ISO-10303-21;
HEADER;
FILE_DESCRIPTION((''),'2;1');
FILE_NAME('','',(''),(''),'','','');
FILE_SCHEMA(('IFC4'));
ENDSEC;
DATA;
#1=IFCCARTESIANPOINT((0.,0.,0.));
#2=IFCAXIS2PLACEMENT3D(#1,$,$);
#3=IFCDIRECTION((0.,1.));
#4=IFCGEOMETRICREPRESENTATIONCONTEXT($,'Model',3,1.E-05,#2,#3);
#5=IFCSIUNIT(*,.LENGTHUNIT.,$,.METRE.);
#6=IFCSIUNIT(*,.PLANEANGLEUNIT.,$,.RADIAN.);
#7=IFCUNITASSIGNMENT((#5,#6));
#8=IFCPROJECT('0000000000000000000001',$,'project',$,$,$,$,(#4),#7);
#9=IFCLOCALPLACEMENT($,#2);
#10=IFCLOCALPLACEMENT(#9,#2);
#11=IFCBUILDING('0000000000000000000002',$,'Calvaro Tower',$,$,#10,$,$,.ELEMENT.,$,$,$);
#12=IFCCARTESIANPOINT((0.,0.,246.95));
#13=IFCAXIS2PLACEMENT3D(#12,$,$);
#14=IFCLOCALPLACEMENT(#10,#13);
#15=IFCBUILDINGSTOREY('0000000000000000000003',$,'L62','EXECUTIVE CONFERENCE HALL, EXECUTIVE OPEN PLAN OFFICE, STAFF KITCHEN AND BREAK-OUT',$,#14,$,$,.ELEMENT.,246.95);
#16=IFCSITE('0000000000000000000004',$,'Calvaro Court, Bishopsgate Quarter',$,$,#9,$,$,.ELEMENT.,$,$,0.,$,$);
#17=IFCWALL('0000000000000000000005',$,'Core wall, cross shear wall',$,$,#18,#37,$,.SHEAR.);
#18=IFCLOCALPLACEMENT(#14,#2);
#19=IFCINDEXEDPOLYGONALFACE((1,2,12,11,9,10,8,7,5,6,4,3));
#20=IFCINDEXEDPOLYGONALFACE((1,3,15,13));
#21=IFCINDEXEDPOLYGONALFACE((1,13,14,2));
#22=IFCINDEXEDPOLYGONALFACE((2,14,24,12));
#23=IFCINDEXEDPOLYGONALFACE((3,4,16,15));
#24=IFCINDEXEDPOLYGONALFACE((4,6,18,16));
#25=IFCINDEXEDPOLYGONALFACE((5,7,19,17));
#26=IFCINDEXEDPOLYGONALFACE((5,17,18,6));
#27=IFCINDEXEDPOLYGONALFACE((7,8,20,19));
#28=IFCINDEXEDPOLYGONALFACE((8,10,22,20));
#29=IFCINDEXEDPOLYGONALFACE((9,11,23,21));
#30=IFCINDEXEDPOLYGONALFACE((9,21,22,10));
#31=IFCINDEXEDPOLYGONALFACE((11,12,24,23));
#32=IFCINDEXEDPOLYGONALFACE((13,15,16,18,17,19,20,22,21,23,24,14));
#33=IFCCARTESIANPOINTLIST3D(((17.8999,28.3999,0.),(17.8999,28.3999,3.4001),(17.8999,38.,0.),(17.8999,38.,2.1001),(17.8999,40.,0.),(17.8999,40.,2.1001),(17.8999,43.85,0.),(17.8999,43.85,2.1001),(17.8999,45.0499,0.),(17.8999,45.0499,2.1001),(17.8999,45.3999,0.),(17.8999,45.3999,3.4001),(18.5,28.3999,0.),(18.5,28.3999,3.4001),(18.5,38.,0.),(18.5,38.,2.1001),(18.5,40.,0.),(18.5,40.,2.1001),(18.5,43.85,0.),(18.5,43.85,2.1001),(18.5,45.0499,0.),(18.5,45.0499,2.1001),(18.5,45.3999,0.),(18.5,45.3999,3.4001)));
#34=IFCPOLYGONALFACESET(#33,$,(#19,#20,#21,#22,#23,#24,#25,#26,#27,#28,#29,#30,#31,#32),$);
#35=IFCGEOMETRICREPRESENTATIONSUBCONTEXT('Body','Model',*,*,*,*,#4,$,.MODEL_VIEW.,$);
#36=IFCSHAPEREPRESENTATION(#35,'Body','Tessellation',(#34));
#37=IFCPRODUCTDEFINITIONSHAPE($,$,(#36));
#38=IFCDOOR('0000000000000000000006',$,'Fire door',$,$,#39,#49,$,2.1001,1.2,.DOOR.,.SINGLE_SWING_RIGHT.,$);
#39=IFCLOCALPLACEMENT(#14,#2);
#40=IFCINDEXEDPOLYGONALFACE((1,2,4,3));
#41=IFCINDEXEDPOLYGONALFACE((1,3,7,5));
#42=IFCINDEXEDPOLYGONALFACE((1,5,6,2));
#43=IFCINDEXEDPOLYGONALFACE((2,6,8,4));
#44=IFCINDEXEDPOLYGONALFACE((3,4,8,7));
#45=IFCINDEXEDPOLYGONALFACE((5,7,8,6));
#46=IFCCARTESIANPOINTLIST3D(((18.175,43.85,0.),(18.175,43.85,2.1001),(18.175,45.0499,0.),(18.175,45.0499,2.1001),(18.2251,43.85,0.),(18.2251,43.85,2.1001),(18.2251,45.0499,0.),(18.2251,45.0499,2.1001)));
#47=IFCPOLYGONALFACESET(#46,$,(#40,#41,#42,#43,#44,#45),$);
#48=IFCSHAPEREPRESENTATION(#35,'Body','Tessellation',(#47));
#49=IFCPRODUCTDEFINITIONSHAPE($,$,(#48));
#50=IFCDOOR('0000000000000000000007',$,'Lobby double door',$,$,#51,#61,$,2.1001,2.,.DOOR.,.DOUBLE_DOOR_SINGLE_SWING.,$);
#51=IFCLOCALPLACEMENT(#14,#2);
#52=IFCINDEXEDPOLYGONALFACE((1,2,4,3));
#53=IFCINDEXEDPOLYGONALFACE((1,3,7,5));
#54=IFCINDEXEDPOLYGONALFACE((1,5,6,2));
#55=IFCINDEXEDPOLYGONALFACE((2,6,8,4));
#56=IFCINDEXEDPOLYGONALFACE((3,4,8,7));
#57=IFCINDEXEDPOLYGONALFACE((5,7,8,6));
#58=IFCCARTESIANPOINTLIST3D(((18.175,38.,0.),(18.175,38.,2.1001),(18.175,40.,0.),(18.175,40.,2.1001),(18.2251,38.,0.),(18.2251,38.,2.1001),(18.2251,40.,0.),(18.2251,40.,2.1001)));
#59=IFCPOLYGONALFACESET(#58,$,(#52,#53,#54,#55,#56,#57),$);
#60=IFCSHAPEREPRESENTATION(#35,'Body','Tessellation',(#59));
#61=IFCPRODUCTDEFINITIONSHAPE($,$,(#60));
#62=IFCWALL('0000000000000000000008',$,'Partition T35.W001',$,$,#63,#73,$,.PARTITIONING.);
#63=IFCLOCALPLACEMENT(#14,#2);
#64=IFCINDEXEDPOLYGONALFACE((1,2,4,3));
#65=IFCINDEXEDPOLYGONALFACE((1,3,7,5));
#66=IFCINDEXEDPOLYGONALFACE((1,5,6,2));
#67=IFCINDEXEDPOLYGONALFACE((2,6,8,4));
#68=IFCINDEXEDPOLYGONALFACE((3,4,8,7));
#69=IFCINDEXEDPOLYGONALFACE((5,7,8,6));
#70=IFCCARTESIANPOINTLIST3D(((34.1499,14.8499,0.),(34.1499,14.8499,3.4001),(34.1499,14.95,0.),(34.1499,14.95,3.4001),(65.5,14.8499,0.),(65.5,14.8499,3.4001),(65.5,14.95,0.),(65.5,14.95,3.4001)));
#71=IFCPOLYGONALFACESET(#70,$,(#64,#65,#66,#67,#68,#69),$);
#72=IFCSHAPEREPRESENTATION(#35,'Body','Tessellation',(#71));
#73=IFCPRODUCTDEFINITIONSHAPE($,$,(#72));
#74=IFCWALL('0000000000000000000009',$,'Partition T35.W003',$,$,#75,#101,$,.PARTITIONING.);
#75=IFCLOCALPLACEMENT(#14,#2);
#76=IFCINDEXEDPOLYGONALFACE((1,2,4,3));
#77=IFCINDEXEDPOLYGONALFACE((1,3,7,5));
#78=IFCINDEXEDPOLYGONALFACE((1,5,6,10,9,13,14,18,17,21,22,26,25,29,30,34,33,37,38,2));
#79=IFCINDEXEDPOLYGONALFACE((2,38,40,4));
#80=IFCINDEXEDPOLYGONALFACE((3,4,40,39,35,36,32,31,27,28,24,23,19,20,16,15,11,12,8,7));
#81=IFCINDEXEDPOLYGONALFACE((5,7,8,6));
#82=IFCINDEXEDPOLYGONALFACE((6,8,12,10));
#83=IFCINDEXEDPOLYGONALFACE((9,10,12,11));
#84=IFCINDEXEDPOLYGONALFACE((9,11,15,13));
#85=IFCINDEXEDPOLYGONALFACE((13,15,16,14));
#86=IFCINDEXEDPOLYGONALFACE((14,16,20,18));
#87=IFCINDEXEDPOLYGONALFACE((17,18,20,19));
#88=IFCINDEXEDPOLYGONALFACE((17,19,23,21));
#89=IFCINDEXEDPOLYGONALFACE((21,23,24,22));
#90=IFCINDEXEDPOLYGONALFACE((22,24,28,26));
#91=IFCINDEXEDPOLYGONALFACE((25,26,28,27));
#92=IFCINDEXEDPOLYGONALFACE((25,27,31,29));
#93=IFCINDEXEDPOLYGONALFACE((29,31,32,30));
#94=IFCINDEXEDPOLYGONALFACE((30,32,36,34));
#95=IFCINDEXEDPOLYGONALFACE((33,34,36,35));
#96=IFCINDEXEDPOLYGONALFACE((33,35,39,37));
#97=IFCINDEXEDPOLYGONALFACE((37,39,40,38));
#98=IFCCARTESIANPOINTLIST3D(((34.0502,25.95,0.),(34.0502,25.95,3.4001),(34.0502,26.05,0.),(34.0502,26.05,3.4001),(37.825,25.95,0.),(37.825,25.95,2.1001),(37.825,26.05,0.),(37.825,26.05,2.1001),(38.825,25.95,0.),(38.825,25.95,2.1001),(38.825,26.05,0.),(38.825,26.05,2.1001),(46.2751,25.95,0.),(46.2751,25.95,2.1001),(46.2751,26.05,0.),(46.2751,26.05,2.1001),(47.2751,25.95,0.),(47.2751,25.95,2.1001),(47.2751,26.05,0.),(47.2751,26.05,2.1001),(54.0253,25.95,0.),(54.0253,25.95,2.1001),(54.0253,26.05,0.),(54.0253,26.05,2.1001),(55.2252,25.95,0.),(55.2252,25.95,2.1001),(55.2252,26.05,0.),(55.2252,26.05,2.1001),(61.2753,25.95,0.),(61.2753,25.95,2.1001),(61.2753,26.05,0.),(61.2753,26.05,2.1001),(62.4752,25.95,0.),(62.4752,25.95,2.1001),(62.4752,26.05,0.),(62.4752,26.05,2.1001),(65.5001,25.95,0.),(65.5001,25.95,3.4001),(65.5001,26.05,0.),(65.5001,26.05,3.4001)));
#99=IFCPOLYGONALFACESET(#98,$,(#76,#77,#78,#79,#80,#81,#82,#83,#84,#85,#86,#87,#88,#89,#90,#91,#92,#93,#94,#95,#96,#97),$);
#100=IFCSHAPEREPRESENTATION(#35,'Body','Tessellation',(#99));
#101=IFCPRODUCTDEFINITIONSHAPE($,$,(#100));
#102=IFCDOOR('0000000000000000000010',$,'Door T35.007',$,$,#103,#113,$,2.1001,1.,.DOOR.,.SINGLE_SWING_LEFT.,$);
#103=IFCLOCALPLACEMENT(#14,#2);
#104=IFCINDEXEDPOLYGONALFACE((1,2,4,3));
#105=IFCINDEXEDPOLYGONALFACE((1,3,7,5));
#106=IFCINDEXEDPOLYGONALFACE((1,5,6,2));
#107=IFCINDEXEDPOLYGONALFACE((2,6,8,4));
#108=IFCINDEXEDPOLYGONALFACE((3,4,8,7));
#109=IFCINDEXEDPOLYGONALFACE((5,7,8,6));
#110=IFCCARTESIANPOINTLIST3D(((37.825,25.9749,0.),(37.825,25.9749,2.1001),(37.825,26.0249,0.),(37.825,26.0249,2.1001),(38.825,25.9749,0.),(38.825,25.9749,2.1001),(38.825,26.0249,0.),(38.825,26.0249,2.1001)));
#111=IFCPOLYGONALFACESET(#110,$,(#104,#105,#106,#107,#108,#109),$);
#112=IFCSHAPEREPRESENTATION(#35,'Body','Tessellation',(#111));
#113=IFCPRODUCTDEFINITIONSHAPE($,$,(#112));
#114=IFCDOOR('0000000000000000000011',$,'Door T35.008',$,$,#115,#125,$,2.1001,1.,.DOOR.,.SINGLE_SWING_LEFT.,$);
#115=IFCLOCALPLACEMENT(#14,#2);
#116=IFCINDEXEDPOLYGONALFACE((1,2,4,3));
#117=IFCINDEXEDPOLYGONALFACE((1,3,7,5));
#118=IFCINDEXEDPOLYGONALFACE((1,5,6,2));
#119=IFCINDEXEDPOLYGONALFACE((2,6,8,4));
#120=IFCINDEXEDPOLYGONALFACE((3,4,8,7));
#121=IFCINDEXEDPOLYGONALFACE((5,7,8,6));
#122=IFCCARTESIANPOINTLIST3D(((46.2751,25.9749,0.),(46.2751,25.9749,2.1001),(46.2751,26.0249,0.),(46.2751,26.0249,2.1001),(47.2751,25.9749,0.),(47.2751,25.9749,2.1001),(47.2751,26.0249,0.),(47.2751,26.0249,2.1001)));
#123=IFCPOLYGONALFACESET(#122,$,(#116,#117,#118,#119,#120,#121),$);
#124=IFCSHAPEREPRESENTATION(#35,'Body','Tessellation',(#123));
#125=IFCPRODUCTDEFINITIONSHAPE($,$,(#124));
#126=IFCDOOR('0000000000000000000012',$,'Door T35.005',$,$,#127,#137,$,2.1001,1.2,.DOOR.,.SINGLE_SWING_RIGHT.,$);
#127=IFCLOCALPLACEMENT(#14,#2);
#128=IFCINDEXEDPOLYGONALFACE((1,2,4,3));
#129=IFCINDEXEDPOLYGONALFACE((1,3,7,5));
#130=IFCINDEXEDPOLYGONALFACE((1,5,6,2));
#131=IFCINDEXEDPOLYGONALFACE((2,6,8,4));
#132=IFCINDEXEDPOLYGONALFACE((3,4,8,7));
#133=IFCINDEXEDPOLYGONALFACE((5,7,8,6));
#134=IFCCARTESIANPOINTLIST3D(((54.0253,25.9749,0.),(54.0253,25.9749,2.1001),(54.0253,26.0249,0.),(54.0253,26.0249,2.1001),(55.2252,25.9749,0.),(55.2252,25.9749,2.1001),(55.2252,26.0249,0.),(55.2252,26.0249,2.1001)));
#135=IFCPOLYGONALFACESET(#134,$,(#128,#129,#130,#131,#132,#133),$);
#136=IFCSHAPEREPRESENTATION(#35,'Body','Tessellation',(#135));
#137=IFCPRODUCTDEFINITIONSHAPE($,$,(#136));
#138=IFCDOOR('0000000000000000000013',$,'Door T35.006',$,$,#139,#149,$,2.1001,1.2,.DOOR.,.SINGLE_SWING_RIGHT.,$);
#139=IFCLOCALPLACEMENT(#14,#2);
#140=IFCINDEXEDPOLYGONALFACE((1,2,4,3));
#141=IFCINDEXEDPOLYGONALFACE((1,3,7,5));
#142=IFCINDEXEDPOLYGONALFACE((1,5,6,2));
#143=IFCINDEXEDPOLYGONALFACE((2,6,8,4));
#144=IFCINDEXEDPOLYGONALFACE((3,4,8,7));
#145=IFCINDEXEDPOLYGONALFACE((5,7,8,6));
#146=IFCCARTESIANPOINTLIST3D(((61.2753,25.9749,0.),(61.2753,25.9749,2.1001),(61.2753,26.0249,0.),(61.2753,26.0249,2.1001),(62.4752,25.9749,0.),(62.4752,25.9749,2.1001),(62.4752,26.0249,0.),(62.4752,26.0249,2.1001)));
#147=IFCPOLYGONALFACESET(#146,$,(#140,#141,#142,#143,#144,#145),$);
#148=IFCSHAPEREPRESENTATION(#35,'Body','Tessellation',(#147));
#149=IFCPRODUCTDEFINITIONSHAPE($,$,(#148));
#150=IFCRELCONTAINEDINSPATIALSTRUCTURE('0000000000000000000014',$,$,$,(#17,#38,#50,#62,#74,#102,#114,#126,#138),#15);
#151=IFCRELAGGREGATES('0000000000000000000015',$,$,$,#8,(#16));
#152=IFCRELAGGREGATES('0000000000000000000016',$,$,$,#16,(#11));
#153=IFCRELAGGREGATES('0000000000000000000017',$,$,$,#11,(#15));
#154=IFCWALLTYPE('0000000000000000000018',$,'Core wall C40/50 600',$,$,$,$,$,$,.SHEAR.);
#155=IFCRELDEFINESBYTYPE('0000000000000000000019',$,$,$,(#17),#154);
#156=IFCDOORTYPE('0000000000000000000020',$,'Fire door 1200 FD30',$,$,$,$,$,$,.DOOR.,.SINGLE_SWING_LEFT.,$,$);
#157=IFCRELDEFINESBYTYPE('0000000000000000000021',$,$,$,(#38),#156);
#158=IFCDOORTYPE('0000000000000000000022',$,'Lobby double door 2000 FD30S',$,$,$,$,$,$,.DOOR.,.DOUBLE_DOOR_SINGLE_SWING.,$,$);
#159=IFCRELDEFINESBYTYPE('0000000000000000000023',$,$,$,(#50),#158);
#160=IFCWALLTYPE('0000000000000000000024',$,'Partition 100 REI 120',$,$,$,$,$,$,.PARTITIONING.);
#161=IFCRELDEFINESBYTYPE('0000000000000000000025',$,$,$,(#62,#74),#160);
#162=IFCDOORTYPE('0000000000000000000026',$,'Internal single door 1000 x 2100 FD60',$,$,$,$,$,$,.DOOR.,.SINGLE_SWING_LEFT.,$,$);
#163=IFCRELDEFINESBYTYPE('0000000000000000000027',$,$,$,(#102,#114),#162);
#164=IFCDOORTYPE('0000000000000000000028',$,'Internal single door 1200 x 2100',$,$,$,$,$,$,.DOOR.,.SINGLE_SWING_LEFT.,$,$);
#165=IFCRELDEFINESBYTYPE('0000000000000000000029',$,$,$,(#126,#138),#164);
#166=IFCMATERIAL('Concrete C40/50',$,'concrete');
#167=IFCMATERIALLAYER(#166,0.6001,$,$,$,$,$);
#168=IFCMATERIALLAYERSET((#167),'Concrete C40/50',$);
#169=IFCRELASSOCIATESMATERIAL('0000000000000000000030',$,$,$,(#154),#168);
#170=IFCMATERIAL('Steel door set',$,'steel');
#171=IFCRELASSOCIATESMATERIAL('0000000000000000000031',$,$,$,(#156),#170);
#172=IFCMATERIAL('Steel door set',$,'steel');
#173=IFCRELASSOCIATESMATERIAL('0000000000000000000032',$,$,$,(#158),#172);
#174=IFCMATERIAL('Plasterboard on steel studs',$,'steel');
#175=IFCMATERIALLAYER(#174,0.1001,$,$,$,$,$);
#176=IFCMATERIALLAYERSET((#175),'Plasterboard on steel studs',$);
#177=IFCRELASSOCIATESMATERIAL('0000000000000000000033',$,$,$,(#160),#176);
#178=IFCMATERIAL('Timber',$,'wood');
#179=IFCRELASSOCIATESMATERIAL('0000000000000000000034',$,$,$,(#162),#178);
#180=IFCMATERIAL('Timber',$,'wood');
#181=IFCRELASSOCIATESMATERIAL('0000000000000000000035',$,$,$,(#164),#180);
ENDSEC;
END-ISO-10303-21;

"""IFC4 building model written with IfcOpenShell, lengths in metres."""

from ifc_helpers import new_model, si_unit, direction, frame, frame_2d, origin, place, context, subcontext, project, spatial, rectangle, extrude, material, layer, layer_set, type_object, element, fill, save


model = new_model("IFC4")

# Units and contexts
model_context = context("Model", 3, precision=1e-05, world=origin(), true_north=direction((0.0, 1.0)))
body_context = subcontext(model_context, "Body", "Model", "MODEL_VIEW")
ifc_project = project(units=[si_unit("LENGTHUNIT", "METRE"), si_unit("PLANEANGLEUNIT", "RADIAN")], contexts=[model_context])

# Site, building, storey
site_placement = place(None, origin())
site = spatial("IfcSite", under=ifc_project, at=site_placement, Name="Calvaro Court, Bishopsgate Quarter", CompositionType="ELEMENT", RefElevation=0.0)
building_placement = place(site_placement, origin())
building = spatial("IfcBuilding", under=site, at=building_placement, Name="Calvaro Tower", CompositionType="ELEMENT")
storey_placement = place(building_placement, frame((0.0, 0.0, 246.95)))
storey = spatial("IfcBuildingStorey", under=building, at=storey_placement, Name="L62", Description="EXECUTIVE CONFERENCE HALL, EXECUTIVE OPEN PLAN OFFICE, STAFF KITCHEN AND BREAK-OUT", CompositionType="ELEMENT", Elevation=246.95)

# Wall, openings, doors
ifc_material_1 = material(Name="Concrete C40/50", Category="concrete")
ifc_layer_1 = layer(ifc_material_1, 0.6001)
ifc_layer_set_1 = layer_set([ifc_layer_1], Name="Concrete C40/50")
wall_type_1 = type_object("IfcWallType", Name="Core wall C40/50 600", PredefinedType="SHEAR", material=ifc_layer_set_1)
wall_1_placement = place(storey_placement, frame((18.2, 28.3999, 0.0), z_axis=(0.0, 0.0, 1.0), x_axis=(0.0, 1.0, 0.0)))
wall_1 = element("IfcWall", 1, at=wall_1_placement, inside=storey, type_object=wall_type_1, Name="Core wall, cross shear wall", PredefinedType="SHEAR", context=body_context, shape_type="SweptSolid", body=[
    extrude(rectangle(XDim=17.0, YDim=0.6001, at=frame_2d((8.5, 0.0))), origin(), (0.0, 0.0, 1.0), 3.4001),
])
opening_1_placement = place(wall_1_placement, frame((9.6001, 0.0, 0.0)))
opening_1 = element("IfcOpeningElement", 2, at=opening_1_placement, cuts=wall_1, PredefinedType="OPENING", context=body_context, shape_type="SweptSolid", body=[
    extrude(rectangle(XDim=2.0, YDim=2.1001, at=frame_2d((1.0, 1.05))), frame((0.0, 0.3101, 0.0), z_axis=(0.0, -1.0, 0.0), x_axis=(1.0, 0.0, 0.0)), (0.0, 0.0, 1.0), 0.6201),
])
opening_2_placement = place(wall_1_placement, frame((15.45, 0.0, 0.0)))
opening_2 = element("IfcOpeningElement", 3, at=opening_2_placement, cuts=wall_1, PredefinedType="OPENING", context=body_context, shape_type="SweptSolid", body=[
    extrude(rectangle(XDim=1.2, YDim=2.1001, at=frame_2d((0.6001, 1.05))), frame((0.0, 0.3101, 0.0), z_axis=(0.0, -1.0, 0.0), x_axis=(1.0, 0.0, 0.0)), (0.0, 0.0, 1.0), 0.6201),
])
ifc_material_2 = material(Name="Steel door set", Category="steel")
door_type_1 = type_object("IfcDoorType", Name="Fire door 1200 FD30", OperationType="SINGLE_SWING_LEFT", PredefinedType="DOOR", material=ifc_material_2)
door_1_placement = place(opening_2_placement, origin())
door_1 = element("IfcDoor", 4, at=door_1_placement, inside=storey, type_object=door_type_1, Name="Fire door", OperationType="SINGLE_SWING_RIGHT", OverallHeight=2.1001, OverallWidth=1.2, PredefinedType="DOOR", context=body_context, shape_type="SweptSolid", body=[
    extrude(rectangle(XDim=1.2, YDim=2.1001, at=frame_2d((0.6001, 1.05))), frame((0.0, 0.0249, 0.0), z_axis=(0.0, -1.0, 0.0), x_axis=(1.0, 0.0, 0.0)), (0.0, 0.0, 1.0), 0.05),
])
fill(opening_2, door_1)
ifc_material_3 = material(Name="Steel door set", Category="steel")
door_type_2 = type_object("IfcDoorType", Name="Lobby double door 2000 FD30S", OperationType="DOUBLE_DOOR_SINGLE_SWING", PredefinedType="DOOR", material=ifc_material_3)
door_2_placement = place(opening_1_placement, origin())
door_2 = element("IfcDoor", 5, at=door_2_placement, inside=storey, type_object=door_type_2, Name="Lobby double door", OperationType="DOUBLE_DOOR_SINGLE_SWING", OverallHeight=2.1001, OverallWidth=2.0, PredefinedType="DOOR", context=body_context, shape_type="SweptSolid", body=[
    extrude(rectangle(XDim=2.0, YDim=2.1001, at=frame_2d((1.0, 1.05))), frame((0.0, 0.0249, 0.0), z_axis=(0.0, -1.0, 0.0), x_axis=(1.0, 0.0, 0.0)), (0.0, 0.0, 1.0), 0.05),
])
fill(opening_1, door_2)

# Wall
ifc_material_4 = material(Name="Plasterboard on steel studs", Category="steel")
ifc_layer_2 = layer(ifc_material_4, 0.1001)
ifc_layer_set_2 = layer_set([ifc_layer_2], Name="Plasterboard on steel studs")
wall_type_2 = type_object("IfcWallType", Name="Partition 100 REI 120", PredefinedType="PARTITIONING", material=ifc_layer_set_2)
wall_2_placement = place(storey_placement, frame((34.1499, 14.8999, 0.0), z_axis=(0.0, 0.0, 1.0), x_axis=(1.0, 0.0, 0.0)))
element("IfcWall", 6, at=wall_2_placement, inside=storey, type_object=wall_type_2, Name="Partition T35.W001", PredefinedType="PARTITIONING", context=body_context, shape_type="SweptSolid", body=[
    extrude(rectangle(XDim=31.3501, YDim=0.1001, at=frame_2d((15.675, 0.0))), origin(), (0.0, 0.0, 1.0), 3.4001),
])

# Wall, openings, doors
wall_3_placement = place(storey_placement, frame((34.05, 26.0, 0.0), z_axis=(0.0, 0.0, 1.0), x_axis=(1.0, 0.0, 0.0)))
wall_3 = element("IfcWall", 7, at=wall_3_placement, inside=storey, type_object=wall_type_2, Name="Partition T35.W003", PredefinedType="PARTITIONING", context=body_context, shape_type="SweptSolid", body=[
    extrude(rectangle(XDim=31.45, YDim=0.1001, at=frame_2d((15.7251, 0.0))), origin(), (0.0, 0.0, 1.0), 3.4001),
])
opening_3_placement = place(wall_3_placement, frame((19.9751, 0.0, 0.0)))
opening_3 = element("IfcOpeningElement", 8, at=opening_3_placement, cuts=wall_3, PredefinedType="OPENING", context=body_context, shape_type="SweptSolid", body=[
    extrude(rectangle(XDim=1.2, YDim=2.1001, at=frame_2d((0.6001, 1.05))), frame((0.0, 0.0601, 0.0), z_axis=(0.0, -1.0, 0.0), x_axis=(1.0, 0.0, 0.0)), (0.0, 0.0, 1.0), 0.1201),
])
opening_4_placement = place(wall_3_placement, frame((27.2251, 0.0, 0.0)))
opening_4 = element("IfcOpeningElement", 9, at=opening_4_placement, cuts=wall_3, PredefinedType="OPENING", context=body_context, shape_type="SweptSolid", body=[
    extrude(rectangle(XDim=1.2, YDim=2.1001, at=frame_2d((0.6001, 1.05))), frame((0.0, 0.0601, 0.0), z_axis=(0.0, -1.0, 0.0), x_axis=(1.0, 0.0, 0.0)), (0.0, 0.0, 1.0), 0.1201),
])
opening_5_placement = place(wall_3_placement, frame((3.7749, 0.0, 0.0)))
opening_5 = element("IfcOpeningElement", 10, at=opening_5_placement, cuts=wall_3, PredefinedType="OPENING", context=body_context, shape_type="SweptSolid", body=[
    extrude(rectangle(XDim=1.0, YDim=2.1001, at=frame_2d((0.5, 1.05))), frame((0.0, 0.0601, 0.0), z_axis=(0.0, -1.0, 0.0), x_axis=(1.0, 0.0, 0.0)), (0.0, 0.0, 1.0), 0.1201),
])
opening_6_placement = place(wall_3_placement, frame((12.2251, 0.0, 0.0)))
opening_6 = element("IfcOpeningElement", 11, at=opening_6_placement, cuts=wall_3, PredefinedType="OPENING", context=body_context, shape_type="SweptSolid", body=[
    extrude(rectangle(XDim=1.0, YDim=2.1001, at=frame_2d((0.5, 1.05))), frame((0.0, 0.0601, 0.0), z_axis=(0.0, -1.0, 0.0), x_axis=(1.0, 0.0, 0.0)), (0.0, 0.0, 1.0), 0.1201),
])
ifc_material_5 = material(Name="Timber", Category="wood")
door_type_3 = type_object("IfcDoorType", Name="Internal single door 1000 x 2100 FD60", OperationType="SINGLE_SWING_LEFT", PredefinedType="DOOR", material=ifc_material_5)
door_3_placement = place(opening_5_placement, origin())
door_3 = element("IfcDoor", 12, at=door_3_placement, inside=storey, type_object=door_type_3, Name="Door T35.007", OperationType="SINGLE_SWING_LEFT", OverallHeight=2.1001, OverallWidth=1.0, PredefinedType="DOOR", context=body_context, shape_type="SweptSolid", body=[
    extrude(rectangle(XDim=1.0, YDim=2.1001, at=frame_2d((0.5, 1.05))), frame((0.0, 0.0249, 0.0), z_axis=(0.0, -1.0, 0.0), x_axis=(1.0, 0.0, 0.0)), (0.0, 0.0, 1.0), 0.05),
])
fill(opening_5, door_3)
door_4_placement = place(opening_6_placement, origin())
door_4 = element("IfcDoor", 13, at=door_4_placement, inside=storey, type_object=door_type_3, Name="Door T35.008", OperationType="SINGLE_SWING_LEFT", OverallHeight=2.1001, OverallWidth=1.0, PredefinedType="DOOR", context=body_context, shape_type="SweptSolid", body=[
    extrude(rectangle(XDim=1.0, YDim=2.1001, at=frame_2d((0.5, 1.05))), frame((0.0, 0.0249, 0.0), z_axis=(0.0, -1.0, 0.0), x_axis=(1.0, 0.0, 0.0)), (0.0, 0.0, 1.0), 0.05),
])
fill(opening_6, door_4)
ifc_material_6 = material(Name="Timber", Category="wood")
door_type_4 = type_object("IfcDoorType", Name="Internal single door 1200 x 2100", OperationType="SINGLE_SWING_LEFT", PredefinedType="DOOR", material=ifc_material_6)
door_5_placement = place(opening_3_placement, origin())
door_5 = element("IfcDoor", 14, at=door_5_placement, inside=storey, type_object=door_type_4, Name="Door T35.005", OperationType="SINGLE_SWING_RIGHT", OverallHeight=2.1001, OverallWidth=1.2, PredefinedType="DOOR", context=body_context, shape_type="SweptSolid", body=[
    extrude(rectangle(XDim=1.2, YDim=2.1001, at=frame_2d((0.6001, 1.05))), frame((0.0, 0.0249, 0.0), z_axis=(0.0, -1.0, 0.0), x_axis=(1.0, 0.0, 0.0)), (0.0, 0.0, 1.0), 0.05),
])
fill(opening_3, door_5)
door_6_placement = place(opening_4_placement, origin())
door_6 = element("IfcDoor", 15, at=door_6_placement, inside=storey, type_object=door_type_4, Name="Door T35.006", OperationType="SINGLE_SWING_RIGHT", OverallHeight=2.1001, OverallWidth=1.2, PredefinedType="DOOR", context=body_context, shape_type="SweptSolid", body=[
    extrude(rectangle(XDim=1.2, YDim=2.1001, at=frame_2d((0.6001, 1.05))), frame((0.0, 0.0249, 0.0), z_axis=(0.0, -1.0, 0.0), x_axis=(1.0, 0.0, 0.0)), (0.0, 0.0, 1.0), 0.05),
])
fill(opening_4, door_6)

save(model, "model.ifc")
